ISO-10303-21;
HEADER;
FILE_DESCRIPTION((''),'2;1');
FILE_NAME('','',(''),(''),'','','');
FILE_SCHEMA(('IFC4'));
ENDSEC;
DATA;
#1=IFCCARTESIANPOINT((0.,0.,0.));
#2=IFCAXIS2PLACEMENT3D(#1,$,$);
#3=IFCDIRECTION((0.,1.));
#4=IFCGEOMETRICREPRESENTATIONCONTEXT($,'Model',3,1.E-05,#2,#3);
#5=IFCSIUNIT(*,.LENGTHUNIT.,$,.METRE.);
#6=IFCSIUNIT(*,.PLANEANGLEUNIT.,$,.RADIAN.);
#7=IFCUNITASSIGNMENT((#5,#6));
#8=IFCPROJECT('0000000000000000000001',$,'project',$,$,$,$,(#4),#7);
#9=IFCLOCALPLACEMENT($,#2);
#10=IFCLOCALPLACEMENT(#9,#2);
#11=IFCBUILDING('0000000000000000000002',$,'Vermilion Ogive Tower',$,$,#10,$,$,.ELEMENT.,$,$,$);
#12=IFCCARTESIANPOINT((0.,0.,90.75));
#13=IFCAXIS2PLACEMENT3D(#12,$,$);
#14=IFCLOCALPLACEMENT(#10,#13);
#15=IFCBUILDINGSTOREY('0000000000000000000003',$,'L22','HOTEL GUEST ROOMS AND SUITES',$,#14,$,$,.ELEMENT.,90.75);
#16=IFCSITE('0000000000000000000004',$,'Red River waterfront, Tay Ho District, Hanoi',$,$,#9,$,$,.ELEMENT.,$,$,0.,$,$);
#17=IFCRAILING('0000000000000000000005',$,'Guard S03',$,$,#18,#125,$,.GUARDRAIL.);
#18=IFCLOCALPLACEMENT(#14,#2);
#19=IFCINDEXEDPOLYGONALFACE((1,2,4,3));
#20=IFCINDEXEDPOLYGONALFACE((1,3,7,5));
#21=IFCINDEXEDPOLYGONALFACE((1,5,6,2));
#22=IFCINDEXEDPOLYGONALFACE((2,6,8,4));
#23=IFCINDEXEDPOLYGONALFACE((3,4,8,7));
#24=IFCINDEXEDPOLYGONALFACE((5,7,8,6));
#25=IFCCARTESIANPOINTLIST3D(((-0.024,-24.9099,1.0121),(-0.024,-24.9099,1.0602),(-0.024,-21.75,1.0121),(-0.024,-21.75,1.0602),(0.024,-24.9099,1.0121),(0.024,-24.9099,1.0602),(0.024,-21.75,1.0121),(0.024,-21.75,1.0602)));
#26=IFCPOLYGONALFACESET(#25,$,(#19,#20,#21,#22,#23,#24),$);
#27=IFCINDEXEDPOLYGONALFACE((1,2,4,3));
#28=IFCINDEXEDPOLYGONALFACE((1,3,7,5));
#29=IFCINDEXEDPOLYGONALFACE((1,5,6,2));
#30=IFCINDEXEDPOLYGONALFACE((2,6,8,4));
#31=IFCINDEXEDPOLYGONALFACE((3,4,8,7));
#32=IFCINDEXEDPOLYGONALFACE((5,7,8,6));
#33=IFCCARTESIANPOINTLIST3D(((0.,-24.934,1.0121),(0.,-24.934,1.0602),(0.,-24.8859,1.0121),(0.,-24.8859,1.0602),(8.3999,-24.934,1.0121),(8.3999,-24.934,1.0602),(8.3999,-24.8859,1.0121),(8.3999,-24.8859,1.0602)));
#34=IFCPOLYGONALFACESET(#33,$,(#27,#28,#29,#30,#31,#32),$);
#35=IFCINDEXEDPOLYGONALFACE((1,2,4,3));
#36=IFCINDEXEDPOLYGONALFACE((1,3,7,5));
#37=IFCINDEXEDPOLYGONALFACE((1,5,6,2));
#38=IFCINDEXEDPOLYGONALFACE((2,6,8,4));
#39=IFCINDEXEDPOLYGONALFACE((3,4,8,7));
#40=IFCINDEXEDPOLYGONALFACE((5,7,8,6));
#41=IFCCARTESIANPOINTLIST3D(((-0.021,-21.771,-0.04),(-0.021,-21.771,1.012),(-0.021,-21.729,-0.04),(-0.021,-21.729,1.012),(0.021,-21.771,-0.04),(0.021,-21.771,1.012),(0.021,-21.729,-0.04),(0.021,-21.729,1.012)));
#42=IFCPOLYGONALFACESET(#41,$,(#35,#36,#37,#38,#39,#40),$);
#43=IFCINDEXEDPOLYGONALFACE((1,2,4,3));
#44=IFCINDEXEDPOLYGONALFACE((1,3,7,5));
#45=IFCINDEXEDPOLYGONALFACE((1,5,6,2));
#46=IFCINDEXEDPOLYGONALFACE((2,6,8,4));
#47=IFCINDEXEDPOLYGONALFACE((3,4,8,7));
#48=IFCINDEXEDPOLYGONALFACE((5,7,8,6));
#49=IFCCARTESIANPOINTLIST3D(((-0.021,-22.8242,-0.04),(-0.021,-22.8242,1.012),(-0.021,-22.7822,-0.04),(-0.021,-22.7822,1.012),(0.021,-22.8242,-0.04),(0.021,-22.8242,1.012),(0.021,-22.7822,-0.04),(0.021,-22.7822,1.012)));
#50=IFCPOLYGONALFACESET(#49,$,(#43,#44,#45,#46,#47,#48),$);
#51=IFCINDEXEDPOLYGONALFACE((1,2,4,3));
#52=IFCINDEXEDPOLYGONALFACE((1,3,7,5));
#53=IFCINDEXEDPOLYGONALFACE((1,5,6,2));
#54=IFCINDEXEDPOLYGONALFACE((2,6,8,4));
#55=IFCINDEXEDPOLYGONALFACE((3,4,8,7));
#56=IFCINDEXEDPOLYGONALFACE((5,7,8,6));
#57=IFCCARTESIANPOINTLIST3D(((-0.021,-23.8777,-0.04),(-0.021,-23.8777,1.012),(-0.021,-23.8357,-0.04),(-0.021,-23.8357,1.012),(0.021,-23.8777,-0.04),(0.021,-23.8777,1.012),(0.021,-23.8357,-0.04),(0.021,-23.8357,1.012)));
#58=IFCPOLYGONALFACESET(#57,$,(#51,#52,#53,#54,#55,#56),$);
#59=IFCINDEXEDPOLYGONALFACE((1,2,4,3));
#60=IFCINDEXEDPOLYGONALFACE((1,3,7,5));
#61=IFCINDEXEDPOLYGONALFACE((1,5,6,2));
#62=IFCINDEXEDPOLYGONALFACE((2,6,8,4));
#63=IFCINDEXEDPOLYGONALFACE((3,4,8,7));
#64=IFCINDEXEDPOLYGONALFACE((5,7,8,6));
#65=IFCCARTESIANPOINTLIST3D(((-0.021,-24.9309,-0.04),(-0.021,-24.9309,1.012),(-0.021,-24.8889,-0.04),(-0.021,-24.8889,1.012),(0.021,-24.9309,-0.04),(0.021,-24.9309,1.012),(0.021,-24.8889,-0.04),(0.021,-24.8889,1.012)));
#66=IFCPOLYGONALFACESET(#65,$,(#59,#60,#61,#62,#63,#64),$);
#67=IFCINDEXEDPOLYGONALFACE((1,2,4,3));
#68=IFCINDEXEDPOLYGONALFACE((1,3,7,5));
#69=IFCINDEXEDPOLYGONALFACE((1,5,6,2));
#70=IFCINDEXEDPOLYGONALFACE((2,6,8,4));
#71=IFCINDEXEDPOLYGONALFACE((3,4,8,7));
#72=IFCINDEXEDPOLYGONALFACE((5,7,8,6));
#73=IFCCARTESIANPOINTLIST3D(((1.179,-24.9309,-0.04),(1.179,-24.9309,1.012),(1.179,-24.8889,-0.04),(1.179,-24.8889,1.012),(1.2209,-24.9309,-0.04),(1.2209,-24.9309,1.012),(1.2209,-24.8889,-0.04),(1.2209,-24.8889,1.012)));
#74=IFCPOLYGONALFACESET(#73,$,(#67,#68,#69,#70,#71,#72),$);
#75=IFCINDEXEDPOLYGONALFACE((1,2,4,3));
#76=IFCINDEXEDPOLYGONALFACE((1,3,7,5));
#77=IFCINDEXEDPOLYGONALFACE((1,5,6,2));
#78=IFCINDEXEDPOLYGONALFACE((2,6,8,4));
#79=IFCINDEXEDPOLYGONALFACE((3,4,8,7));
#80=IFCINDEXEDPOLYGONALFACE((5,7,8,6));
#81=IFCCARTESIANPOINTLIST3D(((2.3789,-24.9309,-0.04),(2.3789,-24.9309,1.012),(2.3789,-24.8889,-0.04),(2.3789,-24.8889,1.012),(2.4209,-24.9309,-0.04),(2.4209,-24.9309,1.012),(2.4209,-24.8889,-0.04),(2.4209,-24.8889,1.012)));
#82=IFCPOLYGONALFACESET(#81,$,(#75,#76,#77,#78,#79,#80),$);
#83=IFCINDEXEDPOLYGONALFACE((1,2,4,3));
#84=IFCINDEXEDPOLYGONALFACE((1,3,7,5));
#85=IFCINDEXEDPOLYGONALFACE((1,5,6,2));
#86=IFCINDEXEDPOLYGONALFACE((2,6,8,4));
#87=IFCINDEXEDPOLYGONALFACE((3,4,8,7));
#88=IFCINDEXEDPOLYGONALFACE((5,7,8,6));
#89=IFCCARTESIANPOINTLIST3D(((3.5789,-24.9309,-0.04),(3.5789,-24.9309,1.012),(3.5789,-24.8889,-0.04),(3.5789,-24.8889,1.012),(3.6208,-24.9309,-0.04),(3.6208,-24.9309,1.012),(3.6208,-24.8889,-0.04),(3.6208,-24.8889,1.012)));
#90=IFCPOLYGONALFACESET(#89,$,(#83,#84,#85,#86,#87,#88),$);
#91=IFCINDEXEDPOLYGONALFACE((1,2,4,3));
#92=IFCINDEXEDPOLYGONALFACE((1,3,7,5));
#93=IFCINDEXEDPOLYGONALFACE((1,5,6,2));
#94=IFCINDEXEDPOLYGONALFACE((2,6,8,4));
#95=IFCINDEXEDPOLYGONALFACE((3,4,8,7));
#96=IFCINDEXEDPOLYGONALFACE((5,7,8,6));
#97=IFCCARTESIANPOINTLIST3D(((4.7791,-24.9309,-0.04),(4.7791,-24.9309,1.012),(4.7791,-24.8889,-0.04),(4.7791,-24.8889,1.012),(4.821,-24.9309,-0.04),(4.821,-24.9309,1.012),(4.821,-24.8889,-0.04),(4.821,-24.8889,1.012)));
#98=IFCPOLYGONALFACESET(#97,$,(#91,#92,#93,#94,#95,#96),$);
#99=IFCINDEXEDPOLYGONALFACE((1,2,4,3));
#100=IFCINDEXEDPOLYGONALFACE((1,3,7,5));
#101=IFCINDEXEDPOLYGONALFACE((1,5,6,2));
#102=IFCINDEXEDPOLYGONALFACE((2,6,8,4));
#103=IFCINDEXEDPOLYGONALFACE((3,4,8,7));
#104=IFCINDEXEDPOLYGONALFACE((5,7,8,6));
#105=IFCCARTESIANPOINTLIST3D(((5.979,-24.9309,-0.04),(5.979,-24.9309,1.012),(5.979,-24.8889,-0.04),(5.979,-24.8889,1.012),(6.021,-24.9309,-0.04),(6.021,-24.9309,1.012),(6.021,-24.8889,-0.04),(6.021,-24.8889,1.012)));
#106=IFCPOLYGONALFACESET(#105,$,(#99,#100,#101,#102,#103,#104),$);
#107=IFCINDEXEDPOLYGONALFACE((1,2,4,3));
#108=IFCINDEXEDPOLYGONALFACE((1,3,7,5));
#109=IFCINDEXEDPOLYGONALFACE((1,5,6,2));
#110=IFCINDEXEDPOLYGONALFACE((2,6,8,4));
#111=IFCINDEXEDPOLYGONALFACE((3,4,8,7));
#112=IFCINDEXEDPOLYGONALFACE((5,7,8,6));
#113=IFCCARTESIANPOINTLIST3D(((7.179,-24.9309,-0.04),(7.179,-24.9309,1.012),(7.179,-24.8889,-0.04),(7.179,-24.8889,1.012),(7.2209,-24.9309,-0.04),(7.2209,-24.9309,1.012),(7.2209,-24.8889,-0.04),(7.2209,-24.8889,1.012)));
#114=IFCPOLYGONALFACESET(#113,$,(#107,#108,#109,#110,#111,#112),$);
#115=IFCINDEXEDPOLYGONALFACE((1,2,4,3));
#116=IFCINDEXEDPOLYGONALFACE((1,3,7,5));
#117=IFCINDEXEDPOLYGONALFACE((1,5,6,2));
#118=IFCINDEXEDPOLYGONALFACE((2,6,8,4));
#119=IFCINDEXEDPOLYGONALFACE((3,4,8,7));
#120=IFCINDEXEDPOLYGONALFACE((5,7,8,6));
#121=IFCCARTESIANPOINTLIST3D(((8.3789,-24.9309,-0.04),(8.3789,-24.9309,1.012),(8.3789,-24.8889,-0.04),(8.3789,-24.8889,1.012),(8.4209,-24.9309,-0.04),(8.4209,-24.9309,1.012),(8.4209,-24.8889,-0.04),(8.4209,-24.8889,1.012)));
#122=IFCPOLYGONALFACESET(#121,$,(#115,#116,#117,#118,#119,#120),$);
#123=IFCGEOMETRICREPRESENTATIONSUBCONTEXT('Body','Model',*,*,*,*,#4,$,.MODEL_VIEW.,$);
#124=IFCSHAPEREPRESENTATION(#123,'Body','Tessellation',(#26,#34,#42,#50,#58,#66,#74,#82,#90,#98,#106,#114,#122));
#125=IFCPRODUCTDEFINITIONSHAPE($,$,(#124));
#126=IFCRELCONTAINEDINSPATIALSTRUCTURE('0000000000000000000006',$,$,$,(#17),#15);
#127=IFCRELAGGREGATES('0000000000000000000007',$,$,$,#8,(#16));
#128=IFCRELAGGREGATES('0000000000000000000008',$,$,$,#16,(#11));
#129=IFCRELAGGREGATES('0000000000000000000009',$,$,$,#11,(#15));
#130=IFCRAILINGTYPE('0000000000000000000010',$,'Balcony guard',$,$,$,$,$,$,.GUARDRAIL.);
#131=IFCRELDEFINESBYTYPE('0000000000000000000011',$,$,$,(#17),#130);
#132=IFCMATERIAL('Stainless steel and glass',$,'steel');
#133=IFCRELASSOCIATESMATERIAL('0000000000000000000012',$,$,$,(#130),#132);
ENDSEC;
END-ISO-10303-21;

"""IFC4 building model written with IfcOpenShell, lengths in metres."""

from ifc_helpers import new_model, si_unit, direction, frame, origin, origin_2d, place, context, subcontext, project, spatial, rectangle, extrude, material, type_object, element, save


model = new_model("IFC4")

# Units and contexts
model_context = context("Model", 3, precision=1e-05, world=origin(), true_north=direction((0.0, 1.0)))
body_context = subcontext(model_context, "Body", "Model", "MODEL_VIEW")
ifc_project = project(units=[si_unit("LENGTHUNIT", "METRE"), si_unit("PLANEANGLEUNIT", "RADIAN")], contexts=[model_context])

# Site, building, storey
site_placement = place(None, origin())
site = spatial("IfcSite", under=ifc_project, at=site_placement, Name="Red River waterfront, Tay Ho District, Hanoi", CompositionType="ELEMENT", RefElevation=0.0)
building_placement = place(site_placement, origin())
building = spatial("IfcBuilding", under=site, at=building_placement, Name="Vermilion Ogive Tower", CompositionType="ELEMENT")
storey_placement = place(building_placement, frame((0.0, 0.0, 90.75)))
storey = spatial("IfcBuildingStorey", under=building, at=storey_placement, Name="L22", Description="HOTEL GUEST ROOMS AND SUITES", CompositionType="ELEMENT", Elevation=90.75)

# Railing
ifc_material_1 = material(Name="Stainless steel and glass", Category="steel")
railing_type_1 = type_object("IfcRailingType", Name="Balcony guard", PredefinedType="GUARDRAIL", material=ifc_material_1)
railing_1_placement = place(storey_placement, frame((0.0, -21.75, -0.04)))
element("IfcRailing", 1, at=railing_1_placement, inside=storey, type_object=railing_type_1, Name="Guard S03", PredefinedType="GUARDRAIL", context=body_context, shape_type="SweptSolid", body=[
    extrude(rectangle(XDim=0.0481, YDim=0.0481, at=origin_2d()), frame((0.0, 0.0, 1.0762), z_axis=(0.0, -1.0, 0.0), x_axis=(1.0, 0.0, 0.0)), (0.0, 0.0, 1.0), 3.1599),
    extrude(rectangle(XDim=0.0481, YDim=0.0481, at=origin_2d()), frame((0.0, -3.1599, 1.0762), z_axis=(1.0, 0.0, 0.0), x_axis=(0.0, 1.0, 0.0)), (0.0, 0.0, 1.0), 8.3999),
    extrude(rectangle(XDim=0.042, YDim=0.042, at=origin_2d()), origin(), (0.0, 0.0, 1.0), 1.052),
    extrude(rectangle(XDim=0.042, YDim=0.042, at=origin_2d()), frame((0.0, -1.0532, 0.0)), (0.0, 0.0, 1.0), 1.052),
    extrude(rectangle(XDim=0.042, YDim=0.042, at=origin_2d()), frame((0.0, -2.1067, 0.0)), (0.0, 0.0, 1.0), 1.052),
    extrude(rectangle(XDim=0.042, YDim=0.042, at=origin_2d()), frame((0.0, -3.1599, 0.0)), (0.0, 0.0, 1.0), 1.052),
    extrude(rectangle(XDim=0.042, YDim=0.042, at=origin_2d()), frame((1.2, -3.1599, 0.0)), (0.0, 0.0, 1.0), 1.052),
    extrude(rectangle(XDim=0.042, YDim=0.042, at=origin_2d()), frame((2.3999, -3.1599, 0.0)), (0.0, 0.0, 1.0), 1.052),
    extrude(rectangle(XDim=0.042, YDim=0.042, at=origin_2d()), frame((3.5999, -3.1599, 0.0)), (0.0, 0.0, 1.0), 1.052),
    extrude(rectangle(XDim=0.042, YDim=0.042, at=origin_2d()), frame((4.8, -3.1599, 0.0)), (0.0, 0.0, 1.0), 1.052),
    extrude(rectangle(XDim=0.042, YDim=0.042, at=origin_2d()), frame((6.0, -3.1599, 0.0)), (0.0, 0.0, 1.0), 1.052),
    extrude(rectangle(XDim=0.042, YDim=0.042, at=origin_2d()), frame((7.2, -3.1599, 0.0)), (0.0, 0.0, 1.0), 1.052),
    extrude(rectangle(XDim=0.042, YDim=0.042, at=origin_2d()), frame((8.3999, -3.1599, 0.0)), (0.0, 0.0, 1.0), 1.052),
])

save(model, "model.ifc")
